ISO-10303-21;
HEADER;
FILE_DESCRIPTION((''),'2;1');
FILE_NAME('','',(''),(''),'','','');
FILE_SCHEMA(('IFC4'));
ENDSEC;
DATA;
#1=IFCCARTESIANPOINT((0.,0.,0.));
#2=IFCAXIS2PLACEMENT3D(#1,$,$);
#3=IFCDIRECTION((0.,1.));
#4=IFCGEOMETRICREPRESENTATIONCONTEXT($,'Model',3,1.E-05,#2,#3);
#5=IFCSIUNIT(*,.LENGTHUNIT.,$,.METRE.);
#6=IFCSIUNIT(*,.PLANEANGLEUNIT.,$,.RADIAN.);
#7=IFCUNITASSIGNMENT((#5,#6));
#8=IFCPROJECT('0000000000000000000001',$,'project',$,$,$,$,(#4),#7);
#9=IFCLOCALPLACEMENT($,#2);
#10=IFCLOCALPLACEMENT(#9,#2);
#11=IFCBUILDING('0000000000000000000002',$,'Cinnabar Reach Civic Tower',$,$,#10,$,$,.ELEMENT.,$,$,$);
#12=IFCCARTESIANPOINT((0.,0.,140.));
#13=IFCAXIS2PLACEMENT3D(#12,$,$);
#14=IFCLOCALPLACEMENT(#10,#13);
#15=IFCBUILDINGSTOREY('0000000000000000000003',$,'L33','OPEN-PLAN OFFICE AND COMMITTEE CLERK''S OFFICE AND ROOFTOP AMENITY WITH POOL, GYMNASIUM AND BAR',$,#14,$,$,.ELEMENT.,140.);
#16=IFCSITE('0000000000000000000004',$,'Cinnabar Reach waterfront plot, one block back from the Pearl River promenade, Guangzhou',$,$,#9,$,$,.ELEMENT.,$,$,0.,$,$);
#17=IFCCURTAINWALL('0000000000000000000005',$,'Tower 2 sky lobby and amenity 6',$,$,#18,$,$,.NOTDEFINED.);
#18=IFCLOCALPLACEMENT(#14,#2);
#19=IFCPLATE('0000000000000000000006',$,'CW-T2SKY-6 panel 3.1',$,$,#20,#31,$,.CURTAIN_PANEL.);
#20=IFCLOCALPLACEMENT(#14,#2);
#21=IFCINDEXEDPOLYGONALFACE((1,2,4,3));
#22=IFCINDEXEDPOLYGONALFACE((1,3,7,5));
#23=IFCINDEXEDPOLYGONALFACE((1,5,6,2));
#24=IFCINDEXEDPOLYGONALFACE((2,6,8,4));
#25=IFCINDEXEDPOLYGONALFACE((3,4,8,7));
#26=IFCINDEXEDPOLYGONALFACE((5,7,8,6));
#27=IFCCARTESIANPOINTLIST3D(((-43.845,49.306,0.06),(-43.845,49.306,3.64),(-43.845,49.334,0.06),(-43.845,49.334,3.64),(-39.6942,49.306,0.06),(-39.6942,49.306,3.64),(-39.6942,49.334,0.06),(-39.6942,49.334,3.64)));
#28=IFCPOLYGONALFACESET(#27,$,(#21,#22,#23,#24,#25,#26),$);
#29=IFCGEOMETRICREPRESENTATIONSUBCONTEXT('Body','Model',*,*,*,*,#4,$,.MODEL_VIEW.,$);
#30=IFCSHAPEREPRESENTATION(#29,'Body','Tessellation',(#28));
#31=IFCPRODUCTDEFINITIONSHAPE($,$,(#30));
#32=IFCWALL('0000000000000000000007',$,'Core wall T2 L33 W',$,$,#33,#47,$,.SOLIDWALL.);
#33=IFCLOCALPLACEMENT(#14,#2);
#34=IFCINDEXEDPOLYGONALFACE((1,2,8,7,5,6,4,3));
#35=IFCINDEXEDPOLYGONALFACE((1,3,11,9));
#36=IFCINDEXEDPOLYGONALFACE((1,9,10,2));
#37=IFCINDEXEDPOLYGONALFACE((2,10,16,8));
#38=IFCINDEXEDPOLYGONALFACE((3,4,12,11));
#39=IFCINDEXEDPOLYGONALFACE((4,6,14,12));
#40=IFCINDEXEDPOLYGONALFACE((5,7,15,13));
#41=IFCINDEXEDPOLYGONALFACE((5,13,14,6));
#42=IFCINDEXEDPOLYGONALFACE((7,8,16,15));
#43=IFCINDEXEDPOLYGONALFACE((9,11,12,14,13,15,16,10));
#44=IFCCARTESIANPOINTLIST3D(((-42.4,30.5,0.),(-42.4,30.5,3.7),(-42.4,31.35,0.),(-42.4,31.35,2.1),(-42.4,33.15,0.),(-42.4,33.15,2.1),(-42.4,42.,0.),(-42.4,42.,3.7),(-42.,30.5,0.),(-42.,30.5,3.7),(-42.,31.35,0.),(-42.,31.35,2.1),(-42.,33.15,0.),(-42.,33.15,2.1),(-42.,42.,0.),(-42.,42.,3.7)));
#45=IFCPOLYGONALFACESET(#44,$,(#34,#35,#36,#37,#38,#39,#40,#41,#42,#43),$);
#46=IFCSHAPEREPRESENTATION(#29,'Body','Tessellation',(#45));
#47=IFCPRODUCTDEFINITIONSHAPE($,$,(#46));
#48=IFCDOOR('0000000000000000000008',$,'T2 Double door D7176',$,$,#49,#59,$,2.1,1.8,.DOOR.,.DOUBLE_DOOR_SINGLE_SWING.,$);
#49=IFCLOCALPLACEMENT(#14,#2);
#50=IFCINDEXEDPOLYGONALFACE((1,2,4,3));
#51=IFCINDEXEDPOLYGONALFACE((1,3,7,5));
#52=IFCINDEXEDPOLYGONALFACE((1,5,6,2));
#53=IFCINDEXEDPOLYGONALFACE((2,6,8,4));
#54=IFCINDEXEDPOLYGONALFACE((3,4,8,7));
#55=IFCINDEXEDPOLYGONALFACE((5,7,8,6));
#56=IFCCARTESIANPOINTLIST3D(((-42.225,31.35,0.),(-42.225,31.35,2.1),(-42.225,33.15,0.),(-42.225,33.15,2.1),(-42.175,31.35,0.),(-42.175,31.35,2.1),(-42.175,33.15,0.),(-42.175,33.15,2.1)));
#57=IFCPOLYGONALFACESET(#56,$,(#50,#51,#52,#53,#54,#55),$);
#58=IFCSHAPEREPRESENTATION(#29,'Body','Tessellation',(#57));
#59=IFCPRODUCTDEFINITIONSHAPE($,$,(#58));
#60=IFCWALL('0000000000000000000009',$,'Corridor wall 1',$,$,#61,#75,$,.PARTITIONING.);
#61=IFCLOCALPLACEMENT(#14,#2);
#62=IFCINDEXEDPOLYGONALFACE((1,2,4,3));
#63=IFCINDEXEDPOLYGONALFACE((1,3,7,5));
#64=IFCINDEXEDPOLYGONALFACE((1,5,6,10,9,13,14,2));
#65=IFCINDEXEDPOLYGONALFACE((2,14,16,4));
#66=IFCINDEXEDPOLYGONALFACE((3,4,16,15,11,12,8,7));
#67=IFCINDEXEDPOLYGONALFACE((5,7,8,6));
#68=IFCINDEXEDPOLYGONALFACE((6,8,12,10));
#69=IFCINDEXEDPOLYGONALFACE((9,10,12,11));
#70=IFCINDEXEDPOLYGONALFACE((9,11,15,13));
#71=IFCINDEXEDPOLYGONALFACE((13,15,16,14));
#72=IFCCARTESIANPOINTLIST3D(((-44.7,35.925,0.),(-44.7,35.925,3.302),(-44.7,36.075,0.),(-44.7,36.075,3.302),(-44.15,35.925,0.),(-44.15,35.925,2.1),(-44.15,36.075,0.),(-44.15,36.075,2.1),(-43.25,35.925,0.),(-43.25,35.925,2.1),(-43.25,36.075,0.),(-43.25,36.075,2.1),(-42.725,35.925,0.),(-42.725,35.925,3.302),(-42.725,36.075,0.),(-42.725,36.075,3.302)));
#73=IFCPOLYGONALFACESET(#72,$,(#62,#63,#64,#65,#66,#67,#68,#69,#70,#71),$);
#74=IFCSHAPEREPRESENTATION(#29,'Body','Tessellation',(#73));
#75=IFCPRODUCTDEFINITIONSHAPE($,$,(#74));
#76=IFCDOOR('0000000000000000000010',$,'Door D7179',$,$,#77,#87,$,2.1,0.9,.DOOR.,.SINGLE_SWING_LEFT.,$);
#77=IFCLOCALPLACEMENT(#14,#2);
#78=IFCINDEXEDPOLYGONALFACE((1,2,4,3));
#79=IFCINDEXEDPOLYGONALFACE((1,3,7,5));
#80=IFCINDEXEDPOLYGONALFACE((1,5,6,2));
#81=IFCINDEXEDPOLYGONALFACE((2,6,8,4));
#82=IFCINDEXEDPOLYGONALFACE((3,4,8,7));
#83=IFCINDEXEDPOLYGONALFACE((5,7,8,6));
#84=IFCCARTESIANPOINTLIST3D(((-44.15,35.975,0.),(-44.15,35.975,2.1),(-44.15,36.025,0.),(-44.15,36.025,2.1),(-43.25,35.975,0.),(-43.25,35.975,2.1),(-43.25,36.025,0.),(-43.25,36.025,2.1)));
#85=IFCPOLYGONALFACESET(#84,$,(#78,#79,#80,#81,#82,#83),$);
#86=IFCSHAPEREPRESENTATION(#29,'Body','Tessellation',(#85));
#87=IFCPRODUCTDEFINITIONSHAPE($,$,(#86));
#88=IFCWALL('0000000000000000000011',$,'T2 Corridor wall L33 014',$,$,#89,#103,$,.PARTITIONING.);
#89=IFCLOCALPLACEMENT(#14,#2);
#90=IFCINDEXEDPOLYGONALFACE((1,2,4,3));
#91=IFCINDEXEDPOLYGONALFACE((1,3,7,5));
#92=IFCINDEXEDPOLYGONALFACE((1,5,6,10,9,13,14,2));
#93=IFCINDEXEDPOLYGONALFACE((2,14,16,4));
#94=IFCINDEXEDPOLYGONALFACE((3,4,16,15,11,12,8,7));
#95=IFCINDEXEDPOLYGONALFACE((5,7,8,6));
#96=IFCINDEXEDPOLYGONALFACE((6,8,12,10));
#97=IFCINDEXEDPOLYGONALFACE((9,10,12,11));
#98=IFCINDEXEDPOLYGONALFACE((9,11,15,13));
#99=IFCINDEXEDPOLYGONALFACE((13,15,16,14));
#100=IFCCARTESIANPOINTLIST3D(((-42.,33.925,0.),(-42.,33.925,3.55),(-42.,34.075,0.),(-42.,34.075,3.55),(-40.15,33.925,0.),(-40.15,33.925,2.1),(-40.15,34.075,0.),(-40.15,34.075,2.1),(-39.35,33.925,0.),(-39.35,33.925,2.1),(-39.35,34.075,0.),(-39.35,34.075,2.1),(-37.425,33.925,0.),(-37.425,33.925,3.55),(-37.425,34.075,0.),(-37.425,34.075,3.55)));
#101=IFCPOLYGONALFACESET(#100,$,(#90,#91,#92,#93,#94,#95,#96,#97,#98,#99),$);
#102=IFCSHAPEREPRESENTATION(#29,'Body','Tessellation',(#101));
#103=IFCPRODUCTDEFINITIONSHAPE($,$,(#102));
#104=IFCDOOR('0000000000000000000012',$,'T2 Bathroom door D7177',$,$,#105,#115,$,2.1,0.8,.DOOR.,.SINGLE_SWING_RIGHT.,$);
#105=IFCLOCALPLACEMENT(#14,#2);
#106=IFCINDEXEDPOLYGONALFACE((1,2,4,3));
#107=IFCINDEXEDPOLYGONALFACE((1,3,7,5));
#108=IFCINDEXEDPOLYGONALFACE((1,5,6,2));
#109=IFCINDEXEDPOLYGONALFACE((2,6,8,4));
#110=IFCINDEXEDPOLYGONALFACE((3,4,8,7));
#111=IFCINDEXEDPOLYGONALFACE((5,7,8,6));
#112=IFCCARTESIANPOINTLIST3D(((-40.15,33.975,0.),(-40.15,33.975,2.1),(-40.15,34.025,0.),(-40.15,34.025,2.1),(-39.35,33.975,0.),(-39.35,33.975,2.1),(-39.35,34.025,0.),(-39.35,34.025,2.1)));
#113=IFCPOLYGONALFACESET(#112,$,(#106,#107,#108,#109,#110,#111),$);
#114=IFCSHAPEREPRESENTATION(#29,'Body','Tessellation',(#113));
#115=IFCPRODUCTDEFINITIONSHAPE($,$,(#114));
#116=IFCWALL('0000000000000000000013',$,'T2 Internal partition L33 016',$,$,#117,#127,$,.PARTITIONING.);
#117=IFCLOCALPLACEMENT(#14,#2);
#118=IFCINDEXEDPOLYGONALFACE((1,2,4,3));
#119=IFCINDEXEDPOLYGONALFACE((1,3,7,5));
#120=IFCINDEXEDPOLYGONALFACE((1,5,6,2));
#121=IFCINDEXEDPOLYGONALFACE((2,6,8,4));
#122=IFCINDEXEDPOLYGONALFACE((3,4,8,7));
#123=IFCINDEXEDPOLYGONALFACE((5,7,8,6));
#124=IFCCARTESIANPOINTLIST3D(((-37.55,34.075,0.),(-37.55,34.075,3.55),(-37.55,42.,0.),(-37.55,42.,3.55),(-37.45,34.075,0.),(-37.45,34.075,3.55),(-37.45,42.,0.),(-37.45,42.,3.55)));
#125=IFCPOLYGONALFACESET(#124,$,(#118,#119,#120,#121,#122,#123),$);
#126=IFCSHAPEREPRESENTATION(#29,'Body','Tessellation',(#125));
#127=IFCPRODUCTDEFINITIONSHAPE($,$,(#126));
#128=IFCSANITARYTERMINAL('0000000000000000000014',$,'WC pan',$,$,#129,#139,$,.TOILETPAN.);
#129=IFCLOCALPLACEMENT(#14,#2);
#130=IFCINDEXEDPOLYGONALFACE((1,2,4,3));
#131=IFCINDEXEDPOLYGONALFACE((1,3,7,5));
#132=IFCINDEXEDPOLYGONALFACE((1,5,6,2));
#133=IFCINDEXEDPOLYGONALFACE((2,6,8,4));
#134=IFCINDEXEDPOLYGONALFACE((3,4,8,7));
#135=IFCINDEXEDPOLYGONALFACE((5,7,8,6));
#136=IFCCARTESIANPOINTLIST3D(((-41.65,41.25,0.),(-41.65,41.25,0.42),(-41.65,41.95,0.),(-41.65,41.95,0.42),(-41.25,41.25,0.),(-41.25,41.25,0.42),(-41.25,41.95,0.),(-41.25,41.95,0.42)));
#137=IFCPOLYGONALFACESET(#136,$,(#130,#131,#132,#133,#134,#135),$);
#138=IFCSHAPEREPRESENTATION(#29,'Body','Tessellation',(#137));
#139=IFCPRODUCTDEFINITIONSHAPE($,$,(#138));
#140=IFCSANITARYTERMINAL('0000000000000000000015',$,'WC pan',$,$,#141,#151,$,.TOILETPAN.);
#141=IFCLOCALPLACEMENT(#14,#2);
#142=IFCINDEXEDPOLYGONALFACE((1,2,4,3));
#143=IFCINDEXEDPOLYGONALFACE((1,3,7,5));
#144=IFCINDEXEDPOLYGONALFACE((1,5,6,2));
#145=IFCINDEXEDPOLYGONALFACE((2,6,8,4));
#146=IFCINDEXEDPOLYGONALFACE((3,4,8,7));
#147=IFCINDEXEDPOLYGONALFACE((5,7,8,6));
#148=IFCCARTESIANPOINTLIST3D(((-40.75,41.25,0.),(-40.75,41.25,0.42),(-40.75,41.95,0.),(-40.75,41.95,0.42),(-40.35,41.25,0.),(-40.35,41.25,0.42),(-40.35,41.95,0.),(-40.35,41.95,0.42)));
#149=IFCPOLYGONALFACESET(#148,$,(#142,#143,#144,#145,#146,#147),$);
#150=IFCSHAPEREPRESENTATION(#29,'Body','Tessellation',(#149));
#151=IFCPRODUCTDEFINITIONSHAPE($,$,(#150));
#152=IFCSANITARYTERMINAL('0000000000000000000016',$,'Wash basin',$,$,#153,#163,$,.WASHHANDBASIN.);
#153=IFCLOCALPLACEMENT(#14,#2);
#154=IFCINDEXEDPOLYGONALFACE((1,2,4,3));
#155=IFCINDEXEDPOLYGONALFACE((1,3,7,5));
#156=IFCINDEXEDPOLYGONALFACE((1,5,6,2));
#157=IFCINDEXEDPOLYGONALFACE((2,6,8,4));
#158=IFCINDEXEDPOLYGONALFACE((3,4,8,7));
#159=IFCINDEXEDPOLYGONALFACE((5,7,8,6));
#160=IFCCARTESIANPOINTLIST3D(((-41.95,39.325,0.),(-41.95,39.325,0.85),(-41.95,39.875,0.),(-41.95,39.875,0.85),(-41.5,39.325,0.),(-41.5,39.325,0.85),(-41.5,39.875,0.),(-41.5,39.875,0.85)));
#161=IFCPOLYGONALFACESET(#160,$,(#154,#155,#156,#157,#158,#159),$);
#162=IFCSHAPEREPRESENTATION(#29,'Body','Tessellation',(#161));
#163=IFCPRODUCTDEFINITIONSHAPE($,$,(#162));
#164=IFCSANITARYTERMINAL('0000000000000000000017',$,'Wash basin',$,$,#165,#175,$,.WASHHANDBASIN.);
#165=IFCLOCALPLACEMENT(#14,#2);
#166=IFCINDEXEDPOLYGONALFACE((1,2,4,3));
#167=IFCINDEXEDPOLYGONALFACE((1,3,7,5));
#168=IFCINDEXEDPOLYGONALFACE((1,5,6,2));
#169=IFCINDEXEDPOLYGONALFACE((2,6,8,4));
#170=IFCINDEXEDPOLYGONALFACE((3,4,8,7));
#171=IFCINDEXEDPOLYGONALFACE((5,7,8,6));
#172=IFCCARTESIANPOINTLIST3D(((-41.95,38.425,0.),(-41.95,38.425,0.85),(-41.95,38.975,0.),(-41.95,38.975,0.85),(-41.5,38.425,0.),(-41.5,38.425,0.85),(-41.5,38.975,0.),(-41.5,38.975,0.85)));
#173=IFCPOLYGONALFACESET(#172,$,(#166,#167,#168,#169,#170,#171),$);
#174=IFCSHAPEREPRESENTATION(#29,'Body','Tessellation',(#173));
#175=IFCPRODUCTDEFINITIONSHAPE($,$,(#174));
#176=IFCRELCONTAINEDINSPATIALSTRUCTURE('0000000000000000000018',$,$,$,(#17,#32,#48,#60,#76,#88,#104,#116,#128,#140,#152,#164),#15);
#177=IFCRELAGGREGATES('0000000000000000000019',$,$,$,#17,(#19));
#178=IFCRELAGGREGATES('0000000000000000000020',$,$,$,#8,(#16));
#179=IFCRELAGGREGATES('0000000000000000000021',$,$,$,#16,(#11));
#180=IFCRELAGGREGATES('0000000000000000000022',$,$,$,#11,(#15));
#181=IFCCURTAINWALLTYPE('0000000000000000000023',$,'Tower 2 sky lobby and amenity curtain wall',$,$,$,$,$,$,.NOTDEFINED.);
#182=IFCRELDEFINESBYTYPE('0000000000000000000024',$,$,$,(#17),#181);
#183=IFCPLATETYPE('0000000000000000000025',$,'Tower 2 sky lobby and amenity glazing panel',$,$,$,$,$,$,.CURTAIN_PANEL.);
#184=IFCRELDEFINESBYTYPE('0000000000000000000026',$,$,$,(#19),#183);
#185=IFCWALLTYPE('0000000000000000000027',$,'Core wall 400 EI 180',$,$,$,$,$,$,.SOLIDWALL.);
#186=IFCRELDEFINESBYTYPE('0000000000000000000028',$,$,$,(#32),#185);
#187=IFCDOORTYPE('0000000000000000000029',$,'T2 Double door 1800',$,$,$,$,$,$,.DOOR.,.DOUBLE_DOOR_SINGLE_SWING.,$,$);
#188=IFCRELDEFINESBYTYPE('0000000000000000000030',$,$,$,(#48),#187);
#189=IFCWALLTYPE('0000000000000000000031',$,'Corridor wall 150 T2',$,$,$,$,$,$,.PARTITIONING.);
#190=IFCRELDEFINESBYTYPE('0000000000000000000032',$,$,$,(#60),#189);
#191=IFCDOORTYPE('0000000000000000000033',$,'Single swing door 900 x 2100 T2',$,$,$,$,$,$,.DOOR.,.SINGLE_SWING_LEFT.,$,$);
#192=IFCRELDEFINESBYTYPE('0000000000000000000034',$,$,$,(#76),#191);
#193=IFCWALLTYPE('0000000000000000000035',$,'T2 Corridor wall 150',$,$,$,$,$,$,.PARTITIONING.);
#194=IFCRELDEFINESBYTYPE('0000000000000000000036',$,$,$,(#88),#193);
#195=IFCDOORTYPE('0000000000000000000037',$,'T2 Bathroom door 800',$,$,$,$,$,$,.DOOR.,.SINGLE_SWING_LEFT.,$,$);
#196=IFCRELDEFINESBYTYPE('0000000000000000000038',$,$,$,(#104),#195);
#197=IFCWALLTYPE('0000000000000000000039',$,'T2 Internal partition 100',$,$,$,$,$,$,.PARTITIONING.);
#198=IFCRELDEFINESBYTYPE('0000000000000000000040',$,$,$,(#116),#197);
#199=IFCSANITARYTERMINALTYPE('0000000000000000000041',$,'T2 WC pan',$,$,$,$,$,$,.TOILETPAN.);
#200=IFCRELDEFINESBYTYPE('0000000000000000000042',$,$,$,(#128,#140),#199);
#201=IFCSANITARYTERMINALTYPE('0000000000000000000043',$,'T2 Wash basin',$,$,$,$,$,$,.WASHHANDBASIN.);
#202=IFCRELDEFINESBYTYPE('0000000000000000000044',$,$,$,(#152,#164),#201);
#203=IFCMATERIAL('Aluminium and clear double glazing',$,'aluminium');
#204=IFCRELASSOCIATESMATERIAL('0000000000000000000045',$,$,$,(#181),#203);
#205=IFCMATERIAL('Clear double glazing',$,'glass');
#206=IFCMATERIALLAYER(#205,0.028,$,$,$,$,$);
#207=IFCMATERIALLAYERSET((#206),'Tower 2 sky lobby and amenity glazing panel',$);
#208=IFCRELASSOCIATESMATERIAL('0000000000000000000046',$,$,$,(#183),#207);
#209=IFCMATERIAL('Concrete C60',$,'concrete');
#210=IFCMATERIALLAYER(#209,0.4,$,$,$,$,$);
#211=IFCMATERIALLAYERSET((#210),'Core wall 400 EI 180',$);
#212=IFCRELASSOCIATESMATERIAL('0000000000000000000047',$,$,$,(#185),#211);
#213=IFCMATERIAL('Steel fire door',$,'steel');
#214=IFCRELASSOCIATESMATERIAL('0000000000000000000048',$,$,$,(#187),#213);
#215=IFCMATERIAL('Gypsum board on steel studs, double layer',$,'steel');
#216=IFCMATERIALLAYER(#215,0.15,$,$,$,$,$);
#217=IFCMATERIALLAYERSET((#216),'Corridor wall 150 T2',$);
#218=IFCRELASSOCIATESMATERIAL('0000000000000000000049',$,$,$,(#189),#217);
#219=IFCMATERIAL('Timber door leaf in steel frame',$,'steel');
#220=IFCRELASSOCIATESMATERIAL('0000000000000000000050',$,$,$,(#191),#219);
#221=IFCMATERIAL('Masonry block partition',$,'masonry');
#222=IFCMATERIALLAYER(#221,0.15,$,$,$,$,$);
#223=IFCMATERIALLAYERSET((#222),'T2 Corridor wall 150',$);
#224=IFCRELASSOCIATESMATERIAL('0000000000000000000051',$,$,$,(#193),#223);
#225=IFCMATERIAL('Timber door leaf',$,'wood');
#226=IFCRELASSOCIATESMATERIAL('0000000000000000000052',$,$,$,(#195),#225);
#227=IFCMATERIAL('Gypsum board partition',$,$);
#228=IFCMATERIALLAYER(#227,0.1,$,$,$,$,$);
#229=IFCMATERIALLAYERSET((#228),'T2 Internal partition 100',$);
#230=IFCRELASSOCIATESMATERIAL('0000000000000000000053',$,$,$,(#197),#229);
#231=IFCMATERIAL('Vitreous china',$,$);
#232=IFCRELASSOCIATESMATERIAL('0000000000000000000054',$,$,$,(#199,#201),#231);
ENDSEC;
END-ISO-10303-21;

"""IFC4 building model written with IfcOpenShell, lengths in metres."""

from ifc_helpers import new_model, si_unit, direction, frame, frame_2d, origin, origin_2d, place, context, subcontext, project, spatial, rectangle, extrude, material, layer, layer_set, type_object, element, fill, aggregate, save


model = new_model("IFC4")

# Units and contexts
model_context = context("Model", 3, precision=1e-05, world=origin(), true_north=direction((0.0, 1.0)))
body_context = subcontext(model_context, "Body", "Model", "MODEL_VIEW")
ifc_project = project(units=[si_unit("LENGTHUNIT", "METRE"), si_unit("PLANEANGLEUNIT", "RADIAN")], contexts=[model_context])

# Site, building, storey
site_placement = place(None, origin())
site = spatial("IfcSite", under=ifc_project, at=site_placement, Name="Cinnabar Reach waterfront plot, one block back from the Pearl River promenade, Guangzhou", CompositionType="ELEMENT", RefElevation=0.0)
building_placement = place(site_placement, origin())
building = spatial("IfcBuilding", under=site, at=building_placement, Name="Cinnabar Reach Civic Tower", CompositionType="ELEMENT")
storey_placement = place(building_placement, frame((0.0, 0.0, 140.0)))
storey = spatial("IfcBuildingStorey", under=building, at=storey_placement, Name="L33", Description="OPEN-PLAN OFFICE AND COMMITTEE CLERK'S OFFICE AND ROOFTOP AMENITY WITH POOL, GYMNASIUM AND BAR", CompositionType="ELEMENT", Elevation=140.0)

# Shared definitions
ifc_material_1 = material(Name="Concrete C60", Category="concrete")

# Curtain wall, plate
ifc_material_2 = material(Name="Aluminium and clear double glazing", Category="aluminium")
curtain_wall_type = type_object("IfcCurtainWallType", Name="Tower 2 sky lobby and amenity curtain wall", PredefinedType="NOTDEFINED", material=ifc_material_2)
curtain_wall_placement = place(storey_placement, origin())
curtain_wall = element("IfcCurtainWall", 1, at=curtain_wall_placement, inside=storey, type_object=curtain_wall_type, Name="Tower 2 sky lobby and amenity 6", PredefinedType="NOTDEFINED")
ifc_material_3 = material(Name="Clear double glazing", Category="glass")
ifc_layer_1 = layer(ifc_material_3, 0.028)
ifc_layer_set_1 = layer_set([ifc_layer_1], Name="Tower 2 sky lobby and amenity glazing panel")
plate_type = type_object("IfcPlateType", Name="Tower 2 sky lobby and amenity glazing panel", PredefinedType="CURTAIN_PANEL", material=ifc_layer_set_1)
plate_1_placement = place(storey_placement, frame((-41.7696, 49.32, 0.06), z_axis=(0.0, 0.0, 1.0), x_axis=(-1.0, 0.0, 0.0)))
plate_1 = element("IfcPlate", 2, at=plate_1_placement, type_object=plate_type, Name="CW-T2SKY-6 panel 3.1", PredefinedType="CURTAIN_PANEL", context=body_context, shape_type="SweptSolid", body=[
    extrude(rectangle(XDim=4.1508, YDim=0.028, at=origin_2d()), origin(), (0.0, 0.0, 1.0), 3.58),
])
aggregate(curtain_wall, [plate_1])

# Walls, openings, doors
ifc_layer_2 = layer(ifc_material_1, 0.4)
ifc_layer_set_2 = layer_set([ifc_layer_2], Name="Core wall 400 EI 180")
wall_type_1 = type_object("IfcWallType", Name="Core wall 400 EI 180", PredefinedType="SOLIDWALL", material=ifc_layer_set_2)
wall_1_placement = place(storey_placement, frame((-42.2, 42.0, 0.0), z_axis=(0.0, 0.0, 1.0), x_axis=(0.0, -1.0, 0.0)))
wall_1 = element("IfcWall", 3, at=wall_1_placement, inside=storey, type_object=wall_type_1, Name="Core wall T2 L33 W", PredefinedType="SOLIDWALL", context=body_context, shape_type="SweptSolid", body=[
    extrude(rectangle(XDim=11.5, YDim=0.4, at=frame_2d((5.75, 0.0))), origin(), (0.0, 0.0, 1.0), 3.7),
])
opening_1_placement = place(wall_1_placement, frame((8.85, 0.0, 0.0)))
opening_1 = element("IfcOpeningElement", 4, at=opening_1_placement, cuts=wall_1, PredefinedType="OPENING", context=body_context, shape_type="SweptSolid", body=[
    extrude(rectangle(XDim=1.8, YDim=2.1, at=frame_2d((0.9, 1.05))), frame((0.0, 0.21, 0.0), z_axis=(0.0, -1.0, 0.0), x_axis=(1.0, 0.0, 0.0)), (0.0, 0.0, 1.0), 0.42),
])
ifc_material_4 = material(Name="Steel fire door", Category="steel")
door_type_1 = type_object("IfcDoorType", Name="T2 Double door 1800", OperationType="DOUBLE_DOOR_SINGLE_SWING", PredefinedType="DOOR", material=ifc_material_4)
door_1_placement = place(opening_1_placement, frame((1.8, 0.0, 0.0), z_axis=(0.0, 0.0, 1.0), x_axis=(-1.0, 0.0, 0.0)))
door_1 = element("IfcDoor", 5, at=door_1_placement, inside=storey, type_object=door_type_1, Name="T2 Double door D7176", OperationType="DOUBLE_DOOR_SINGLE_SWING", OverallHeight=2.1, OverallWidth=1.8, PredefinedType="DOOR", context=body_context, shape_type="SweptSolid", body=[
    extrude(rectangle(XDim=1.8, YDim=2.1, at=frame_2d((0.9, 1.05))), frame((0.0, 0.025, 0.0), z_axis=(0.0, -1.0, 0.0), x_axis=(1.0, 0.0, 0.0)), (0.0, 0.0, 1.0), 0.05),
])
fill(opening_1, door_1)
ifc_material_5 = material(Name="Gypsum board on steel studs, double layer", Category="steel")
ifc_layer_3 = layer(ifc_material_5, 0.15)
ifc_layer_set_3 = layer_set([ifc_layer_3], Name="Corridor wall 150 T2")
wall_type_2 = type_object("IfcWallType", Name="Corridor wall 150 T2", PredefinedType="PARTITIONING", material=ifc_layer_set_3)
wall_2_placement = place(storey_placement, frame((-44.7, 36.0, 0.0), z_axis=(0.0, 0.0, 1.0), x_axis=(1.0, 0.0, 0.0)))
wall_2 = element("IfcWall", 6, at=wall_2_placement, inside=storey, type_object=wall_type_2, Name="Corridor wall 1", PredefinedType="PARTITIONING", context=body_context, shape_type="SweptSolid", body=[
    extrude(rectangle(XDim=1.975, YDim=0.15, at=frame_2d((0.9875, 0.0))), origin(), (0.0, 0.0, 1.0), 3.302),
])
opening_2_placement = place(wall_2_placement, frame((0.55, 0.0, 0.0)))
opening_2 = element("IfcOpeningElement", 7, at=opening_2_placement, cuts=wall_2, PredefinedType="OPENING", context=body_context, shape_type="SweptSolid", body=[
    extrude(rectangle(XDim=0.9, YDim=2.1, at=frame_2d((0.45, 1.05))), frame((0.0, 0.085, 0.0), z_axis=(0.0, -1.0, 0.0), x_axis=(1.0, 0.0, 0.0)), (0.0, 0.0, 1.0), 0.17),
])
ifc_material_6 = material(Name="Timber door leaf in steel frame", Category="steel")
door_type_2 = type_object("IfcDoorType", Name="Single swing door 900 x 2100 T2", OperationType="SINGLE_SWING_LEFT", PredefinedType="DOOR", material=ifc_material_6)
door_2_placement = place(opening_2_placement, origin())
door_2 = element("IfcDoor", 8, at=door_2_placement, inside=storey, type_object=door_type_2, Name="Door D7179", OperationType="SINGLE_SWING_LEFT", OverallHeight=2.1, OverallWidth=0.9, PredefinedType="DOOR", context=body_context, shape_type="SweptSolid", body=[
    extrude(rectangle(XDim=0.9, YDim=2.1, at=frame_2d((0.45, 1.05))), frame((0.0, 0.025, 0.0), z_axis=(0.0, -1.0, 0.0), x_axis=(1.0, 0.0, 0.0)), (0.0, 0.0, 1.0), 0.05),
])
fill(opening_2, door_2)
ifc_material_7 = material(Name="Masonry block partition", Category="masonry")
ifc_layer_4 = layer(ifc_material_7, 0.15)
ifc_layer_set_4 = layer_set([ifc_layer_4], Name="T2 Corridor wall 150")
wall_type_3 = type_object("IfcWallType", Name="T2 Corridor wall 150", PredefinedType="PARTITIONING", material=ifc_layer_set_4)
wall_3_placement = place(storey_placement, frame((-37.425, 34.0, 0.0), z_axis=(0.0, 0.0, 1.0), x_axis=(-1.0, 0.0, 0.0)))
wall_3 = element("IfcWall", 9, at=wall_3_placement, inside=storey, type_object=wall_type_3, Name="T2 Corridor wall L33 014", PredefinedType="PARTITIONING", context=body_context, shape_type="SweptSolid", body=[
    extrude(rectangle(XDim=4.575, YDim=0.15, at=frame_2d((2.2875, 0.0))), origin(), (0.0, 0.0, 1.0), 3.55),
])
opening_3_placement = place(wall_3_placement, frame((1.925, 0.0, 0.0)))
opening_3 = element("IfcOpeningElement", 10, at=opening_3_placement, cuts=wall_3, PredefinedType="OPENING", context=body_context, shape_type="SweptSolid", body=[
    extrude(rectangle(XDim=0.8, YDim=2.1, at=frame_2d((0.4, 1.05))), frame((0.0, 0.085, 0.0), z_axis=(0.0, -1.0, 0.0), x_axis=(1.0, 0.0, 0.0)), (0.0, 0.0, 1.0), 0.17),
])
ifc_material_8 = material(Name="Timber door leaf", Category="wood")
door_type_3 = type_object("IfcDoorType", Name="T2 Bathroom door 800", OperationType="SINGLE_SWING_LEFT", PredefinedType="DOOR", material=ifc_material_8)
door_3_placement = place(opening_3_placement, frame((0.8, 0.0, 0.0), z_axis=(0.0, 0.0, 1.0), x_axis=(-1.0, 0.0, 0.0)))
door_3 = element("IfcDoor", 11, at=door_3_placement, inside=storey, type_object=door_type_3, Name="T2 Bathroom door D7177", OperationType="SINGLE_SWING_RIGHT", OverallHeight=2.1, OverallWidth=0.8, PredefinedType="DOOR", context=body_context, shape_type="SweptSolid", body=[
    extrude(rectangle(XDim=0.8, YDim=2.1, at=frame_2d((0.4, 1.05))), frame((0.0, 0.025, 0.0), z_axis=(0.0, -1.0, 0.0), x_axis=(1.0, 0.0, 0.0)), (0.0, 0.0, 1.0), 0.05),
])
fill(opening_3, door_3)

# Wall
ifc_material_9 = material(Name="Gypsum board partition")
ifc_layer_5 = layer(ifc_material_9, 0.1)
ifc_layer_set_5 = layer_set([ifc_layer_5], Name="T2 Internal partition 100")
wall_type_4 = type_object("IfcWallType", Name="T2 Internal partition 100", PredefinedType="PARTITIONING", material=ifc_layer_set_5)
wall_4_placement = place(storey_placement, frame((-37.5, 34.075, 0.0), z_axis=(0.0, 0.0, 1.0), x_axis=(0.0, 1.0, 0.0)))
element("IfcWall", 12, at=wall_4_placement, inside=storey, type_object=wall_type_4, Name="T2 Internal partition L33 016", PredefinedType="PARTITIONING", context=body_context, shape_type="SweptSolid", body=[
    extrude(rectangle(XDim=7.925, YDim=0.1, at=frame_2d((3.9625, 0.0))), origin(), (0.0, 0.0, 1.0), 3.55),
])

# Sanitary terminals
ifc_material_10 = material(Name="Vitreous china")
sanitary_terminal_type_1 = type_object("IfcSanitaryTerminalType", Name="T2 WC pan", PredefinedType="TOILETPAN", material=ifc_material_10)
for number, where, z_axis, x_axis, name in (
    (13, (-41.45, 41.6, 0.0), (0.0, 0.0, 1.0), (1.0, 0.0, 0.0), "WC pan"),
    (14, (-40.55, 41.6, 0.0), (0.0, 0.0, 1.0), (1.0, 0.0, 0.0), "WC pan"),
):
    element("IfcSanitaryTerminal", number, at=place(storey_placement, frame(where, z_axis=z_axis, x_axis=x_axis)), inside=storey, type_object=sanitary_terminal_type_1, Name=name, PredefinedType="TOILETPAN", context=body_context, shape_type="SweptSolid", body=[
        extrude(rectangle(XDim=0.4, YDim=0.7, at=origin_2d()), origin(), (0.0, 0.0, 1.0), 0.42),
    ])
sanitary_terminal_type_2 = type_object("IfcSanitaryTerminalType", Name="T2 Wash basin", PredefinedType="WASHHANDBASIN", material=ifc_material_10)
for number, where, z_axis, x_axis, name in (
    (15, (-41.725, 39.6, 0.0), (0.0, 0.0, 1.0), (1.0, 0.0, 0.0), "Wash basin"),
    (16, (-41.725, 38.7, 0.0), (0.0, 0.0, 1.0), (1.0, 0.0, 0.0), "Wash basin"),
):
    element("IfcSanitaryTerminal", number, at=place(storey_placement, frame(where, z_axis=z_axis, x_axis=x_axis)), inside=storey, type_object=sanitary_terminal_type_2, Name=name, PredefinedType="WASHHANDBASIN", context=body_context, shape_type="SweptSolid", body=[
        extrude(rectangle(XDim=0.45, YDim=0.55, at=origin_2d()), origin(), (0.0, 0.0, 1.0), 0.85),
    ])

save(model, "model.ifc")
